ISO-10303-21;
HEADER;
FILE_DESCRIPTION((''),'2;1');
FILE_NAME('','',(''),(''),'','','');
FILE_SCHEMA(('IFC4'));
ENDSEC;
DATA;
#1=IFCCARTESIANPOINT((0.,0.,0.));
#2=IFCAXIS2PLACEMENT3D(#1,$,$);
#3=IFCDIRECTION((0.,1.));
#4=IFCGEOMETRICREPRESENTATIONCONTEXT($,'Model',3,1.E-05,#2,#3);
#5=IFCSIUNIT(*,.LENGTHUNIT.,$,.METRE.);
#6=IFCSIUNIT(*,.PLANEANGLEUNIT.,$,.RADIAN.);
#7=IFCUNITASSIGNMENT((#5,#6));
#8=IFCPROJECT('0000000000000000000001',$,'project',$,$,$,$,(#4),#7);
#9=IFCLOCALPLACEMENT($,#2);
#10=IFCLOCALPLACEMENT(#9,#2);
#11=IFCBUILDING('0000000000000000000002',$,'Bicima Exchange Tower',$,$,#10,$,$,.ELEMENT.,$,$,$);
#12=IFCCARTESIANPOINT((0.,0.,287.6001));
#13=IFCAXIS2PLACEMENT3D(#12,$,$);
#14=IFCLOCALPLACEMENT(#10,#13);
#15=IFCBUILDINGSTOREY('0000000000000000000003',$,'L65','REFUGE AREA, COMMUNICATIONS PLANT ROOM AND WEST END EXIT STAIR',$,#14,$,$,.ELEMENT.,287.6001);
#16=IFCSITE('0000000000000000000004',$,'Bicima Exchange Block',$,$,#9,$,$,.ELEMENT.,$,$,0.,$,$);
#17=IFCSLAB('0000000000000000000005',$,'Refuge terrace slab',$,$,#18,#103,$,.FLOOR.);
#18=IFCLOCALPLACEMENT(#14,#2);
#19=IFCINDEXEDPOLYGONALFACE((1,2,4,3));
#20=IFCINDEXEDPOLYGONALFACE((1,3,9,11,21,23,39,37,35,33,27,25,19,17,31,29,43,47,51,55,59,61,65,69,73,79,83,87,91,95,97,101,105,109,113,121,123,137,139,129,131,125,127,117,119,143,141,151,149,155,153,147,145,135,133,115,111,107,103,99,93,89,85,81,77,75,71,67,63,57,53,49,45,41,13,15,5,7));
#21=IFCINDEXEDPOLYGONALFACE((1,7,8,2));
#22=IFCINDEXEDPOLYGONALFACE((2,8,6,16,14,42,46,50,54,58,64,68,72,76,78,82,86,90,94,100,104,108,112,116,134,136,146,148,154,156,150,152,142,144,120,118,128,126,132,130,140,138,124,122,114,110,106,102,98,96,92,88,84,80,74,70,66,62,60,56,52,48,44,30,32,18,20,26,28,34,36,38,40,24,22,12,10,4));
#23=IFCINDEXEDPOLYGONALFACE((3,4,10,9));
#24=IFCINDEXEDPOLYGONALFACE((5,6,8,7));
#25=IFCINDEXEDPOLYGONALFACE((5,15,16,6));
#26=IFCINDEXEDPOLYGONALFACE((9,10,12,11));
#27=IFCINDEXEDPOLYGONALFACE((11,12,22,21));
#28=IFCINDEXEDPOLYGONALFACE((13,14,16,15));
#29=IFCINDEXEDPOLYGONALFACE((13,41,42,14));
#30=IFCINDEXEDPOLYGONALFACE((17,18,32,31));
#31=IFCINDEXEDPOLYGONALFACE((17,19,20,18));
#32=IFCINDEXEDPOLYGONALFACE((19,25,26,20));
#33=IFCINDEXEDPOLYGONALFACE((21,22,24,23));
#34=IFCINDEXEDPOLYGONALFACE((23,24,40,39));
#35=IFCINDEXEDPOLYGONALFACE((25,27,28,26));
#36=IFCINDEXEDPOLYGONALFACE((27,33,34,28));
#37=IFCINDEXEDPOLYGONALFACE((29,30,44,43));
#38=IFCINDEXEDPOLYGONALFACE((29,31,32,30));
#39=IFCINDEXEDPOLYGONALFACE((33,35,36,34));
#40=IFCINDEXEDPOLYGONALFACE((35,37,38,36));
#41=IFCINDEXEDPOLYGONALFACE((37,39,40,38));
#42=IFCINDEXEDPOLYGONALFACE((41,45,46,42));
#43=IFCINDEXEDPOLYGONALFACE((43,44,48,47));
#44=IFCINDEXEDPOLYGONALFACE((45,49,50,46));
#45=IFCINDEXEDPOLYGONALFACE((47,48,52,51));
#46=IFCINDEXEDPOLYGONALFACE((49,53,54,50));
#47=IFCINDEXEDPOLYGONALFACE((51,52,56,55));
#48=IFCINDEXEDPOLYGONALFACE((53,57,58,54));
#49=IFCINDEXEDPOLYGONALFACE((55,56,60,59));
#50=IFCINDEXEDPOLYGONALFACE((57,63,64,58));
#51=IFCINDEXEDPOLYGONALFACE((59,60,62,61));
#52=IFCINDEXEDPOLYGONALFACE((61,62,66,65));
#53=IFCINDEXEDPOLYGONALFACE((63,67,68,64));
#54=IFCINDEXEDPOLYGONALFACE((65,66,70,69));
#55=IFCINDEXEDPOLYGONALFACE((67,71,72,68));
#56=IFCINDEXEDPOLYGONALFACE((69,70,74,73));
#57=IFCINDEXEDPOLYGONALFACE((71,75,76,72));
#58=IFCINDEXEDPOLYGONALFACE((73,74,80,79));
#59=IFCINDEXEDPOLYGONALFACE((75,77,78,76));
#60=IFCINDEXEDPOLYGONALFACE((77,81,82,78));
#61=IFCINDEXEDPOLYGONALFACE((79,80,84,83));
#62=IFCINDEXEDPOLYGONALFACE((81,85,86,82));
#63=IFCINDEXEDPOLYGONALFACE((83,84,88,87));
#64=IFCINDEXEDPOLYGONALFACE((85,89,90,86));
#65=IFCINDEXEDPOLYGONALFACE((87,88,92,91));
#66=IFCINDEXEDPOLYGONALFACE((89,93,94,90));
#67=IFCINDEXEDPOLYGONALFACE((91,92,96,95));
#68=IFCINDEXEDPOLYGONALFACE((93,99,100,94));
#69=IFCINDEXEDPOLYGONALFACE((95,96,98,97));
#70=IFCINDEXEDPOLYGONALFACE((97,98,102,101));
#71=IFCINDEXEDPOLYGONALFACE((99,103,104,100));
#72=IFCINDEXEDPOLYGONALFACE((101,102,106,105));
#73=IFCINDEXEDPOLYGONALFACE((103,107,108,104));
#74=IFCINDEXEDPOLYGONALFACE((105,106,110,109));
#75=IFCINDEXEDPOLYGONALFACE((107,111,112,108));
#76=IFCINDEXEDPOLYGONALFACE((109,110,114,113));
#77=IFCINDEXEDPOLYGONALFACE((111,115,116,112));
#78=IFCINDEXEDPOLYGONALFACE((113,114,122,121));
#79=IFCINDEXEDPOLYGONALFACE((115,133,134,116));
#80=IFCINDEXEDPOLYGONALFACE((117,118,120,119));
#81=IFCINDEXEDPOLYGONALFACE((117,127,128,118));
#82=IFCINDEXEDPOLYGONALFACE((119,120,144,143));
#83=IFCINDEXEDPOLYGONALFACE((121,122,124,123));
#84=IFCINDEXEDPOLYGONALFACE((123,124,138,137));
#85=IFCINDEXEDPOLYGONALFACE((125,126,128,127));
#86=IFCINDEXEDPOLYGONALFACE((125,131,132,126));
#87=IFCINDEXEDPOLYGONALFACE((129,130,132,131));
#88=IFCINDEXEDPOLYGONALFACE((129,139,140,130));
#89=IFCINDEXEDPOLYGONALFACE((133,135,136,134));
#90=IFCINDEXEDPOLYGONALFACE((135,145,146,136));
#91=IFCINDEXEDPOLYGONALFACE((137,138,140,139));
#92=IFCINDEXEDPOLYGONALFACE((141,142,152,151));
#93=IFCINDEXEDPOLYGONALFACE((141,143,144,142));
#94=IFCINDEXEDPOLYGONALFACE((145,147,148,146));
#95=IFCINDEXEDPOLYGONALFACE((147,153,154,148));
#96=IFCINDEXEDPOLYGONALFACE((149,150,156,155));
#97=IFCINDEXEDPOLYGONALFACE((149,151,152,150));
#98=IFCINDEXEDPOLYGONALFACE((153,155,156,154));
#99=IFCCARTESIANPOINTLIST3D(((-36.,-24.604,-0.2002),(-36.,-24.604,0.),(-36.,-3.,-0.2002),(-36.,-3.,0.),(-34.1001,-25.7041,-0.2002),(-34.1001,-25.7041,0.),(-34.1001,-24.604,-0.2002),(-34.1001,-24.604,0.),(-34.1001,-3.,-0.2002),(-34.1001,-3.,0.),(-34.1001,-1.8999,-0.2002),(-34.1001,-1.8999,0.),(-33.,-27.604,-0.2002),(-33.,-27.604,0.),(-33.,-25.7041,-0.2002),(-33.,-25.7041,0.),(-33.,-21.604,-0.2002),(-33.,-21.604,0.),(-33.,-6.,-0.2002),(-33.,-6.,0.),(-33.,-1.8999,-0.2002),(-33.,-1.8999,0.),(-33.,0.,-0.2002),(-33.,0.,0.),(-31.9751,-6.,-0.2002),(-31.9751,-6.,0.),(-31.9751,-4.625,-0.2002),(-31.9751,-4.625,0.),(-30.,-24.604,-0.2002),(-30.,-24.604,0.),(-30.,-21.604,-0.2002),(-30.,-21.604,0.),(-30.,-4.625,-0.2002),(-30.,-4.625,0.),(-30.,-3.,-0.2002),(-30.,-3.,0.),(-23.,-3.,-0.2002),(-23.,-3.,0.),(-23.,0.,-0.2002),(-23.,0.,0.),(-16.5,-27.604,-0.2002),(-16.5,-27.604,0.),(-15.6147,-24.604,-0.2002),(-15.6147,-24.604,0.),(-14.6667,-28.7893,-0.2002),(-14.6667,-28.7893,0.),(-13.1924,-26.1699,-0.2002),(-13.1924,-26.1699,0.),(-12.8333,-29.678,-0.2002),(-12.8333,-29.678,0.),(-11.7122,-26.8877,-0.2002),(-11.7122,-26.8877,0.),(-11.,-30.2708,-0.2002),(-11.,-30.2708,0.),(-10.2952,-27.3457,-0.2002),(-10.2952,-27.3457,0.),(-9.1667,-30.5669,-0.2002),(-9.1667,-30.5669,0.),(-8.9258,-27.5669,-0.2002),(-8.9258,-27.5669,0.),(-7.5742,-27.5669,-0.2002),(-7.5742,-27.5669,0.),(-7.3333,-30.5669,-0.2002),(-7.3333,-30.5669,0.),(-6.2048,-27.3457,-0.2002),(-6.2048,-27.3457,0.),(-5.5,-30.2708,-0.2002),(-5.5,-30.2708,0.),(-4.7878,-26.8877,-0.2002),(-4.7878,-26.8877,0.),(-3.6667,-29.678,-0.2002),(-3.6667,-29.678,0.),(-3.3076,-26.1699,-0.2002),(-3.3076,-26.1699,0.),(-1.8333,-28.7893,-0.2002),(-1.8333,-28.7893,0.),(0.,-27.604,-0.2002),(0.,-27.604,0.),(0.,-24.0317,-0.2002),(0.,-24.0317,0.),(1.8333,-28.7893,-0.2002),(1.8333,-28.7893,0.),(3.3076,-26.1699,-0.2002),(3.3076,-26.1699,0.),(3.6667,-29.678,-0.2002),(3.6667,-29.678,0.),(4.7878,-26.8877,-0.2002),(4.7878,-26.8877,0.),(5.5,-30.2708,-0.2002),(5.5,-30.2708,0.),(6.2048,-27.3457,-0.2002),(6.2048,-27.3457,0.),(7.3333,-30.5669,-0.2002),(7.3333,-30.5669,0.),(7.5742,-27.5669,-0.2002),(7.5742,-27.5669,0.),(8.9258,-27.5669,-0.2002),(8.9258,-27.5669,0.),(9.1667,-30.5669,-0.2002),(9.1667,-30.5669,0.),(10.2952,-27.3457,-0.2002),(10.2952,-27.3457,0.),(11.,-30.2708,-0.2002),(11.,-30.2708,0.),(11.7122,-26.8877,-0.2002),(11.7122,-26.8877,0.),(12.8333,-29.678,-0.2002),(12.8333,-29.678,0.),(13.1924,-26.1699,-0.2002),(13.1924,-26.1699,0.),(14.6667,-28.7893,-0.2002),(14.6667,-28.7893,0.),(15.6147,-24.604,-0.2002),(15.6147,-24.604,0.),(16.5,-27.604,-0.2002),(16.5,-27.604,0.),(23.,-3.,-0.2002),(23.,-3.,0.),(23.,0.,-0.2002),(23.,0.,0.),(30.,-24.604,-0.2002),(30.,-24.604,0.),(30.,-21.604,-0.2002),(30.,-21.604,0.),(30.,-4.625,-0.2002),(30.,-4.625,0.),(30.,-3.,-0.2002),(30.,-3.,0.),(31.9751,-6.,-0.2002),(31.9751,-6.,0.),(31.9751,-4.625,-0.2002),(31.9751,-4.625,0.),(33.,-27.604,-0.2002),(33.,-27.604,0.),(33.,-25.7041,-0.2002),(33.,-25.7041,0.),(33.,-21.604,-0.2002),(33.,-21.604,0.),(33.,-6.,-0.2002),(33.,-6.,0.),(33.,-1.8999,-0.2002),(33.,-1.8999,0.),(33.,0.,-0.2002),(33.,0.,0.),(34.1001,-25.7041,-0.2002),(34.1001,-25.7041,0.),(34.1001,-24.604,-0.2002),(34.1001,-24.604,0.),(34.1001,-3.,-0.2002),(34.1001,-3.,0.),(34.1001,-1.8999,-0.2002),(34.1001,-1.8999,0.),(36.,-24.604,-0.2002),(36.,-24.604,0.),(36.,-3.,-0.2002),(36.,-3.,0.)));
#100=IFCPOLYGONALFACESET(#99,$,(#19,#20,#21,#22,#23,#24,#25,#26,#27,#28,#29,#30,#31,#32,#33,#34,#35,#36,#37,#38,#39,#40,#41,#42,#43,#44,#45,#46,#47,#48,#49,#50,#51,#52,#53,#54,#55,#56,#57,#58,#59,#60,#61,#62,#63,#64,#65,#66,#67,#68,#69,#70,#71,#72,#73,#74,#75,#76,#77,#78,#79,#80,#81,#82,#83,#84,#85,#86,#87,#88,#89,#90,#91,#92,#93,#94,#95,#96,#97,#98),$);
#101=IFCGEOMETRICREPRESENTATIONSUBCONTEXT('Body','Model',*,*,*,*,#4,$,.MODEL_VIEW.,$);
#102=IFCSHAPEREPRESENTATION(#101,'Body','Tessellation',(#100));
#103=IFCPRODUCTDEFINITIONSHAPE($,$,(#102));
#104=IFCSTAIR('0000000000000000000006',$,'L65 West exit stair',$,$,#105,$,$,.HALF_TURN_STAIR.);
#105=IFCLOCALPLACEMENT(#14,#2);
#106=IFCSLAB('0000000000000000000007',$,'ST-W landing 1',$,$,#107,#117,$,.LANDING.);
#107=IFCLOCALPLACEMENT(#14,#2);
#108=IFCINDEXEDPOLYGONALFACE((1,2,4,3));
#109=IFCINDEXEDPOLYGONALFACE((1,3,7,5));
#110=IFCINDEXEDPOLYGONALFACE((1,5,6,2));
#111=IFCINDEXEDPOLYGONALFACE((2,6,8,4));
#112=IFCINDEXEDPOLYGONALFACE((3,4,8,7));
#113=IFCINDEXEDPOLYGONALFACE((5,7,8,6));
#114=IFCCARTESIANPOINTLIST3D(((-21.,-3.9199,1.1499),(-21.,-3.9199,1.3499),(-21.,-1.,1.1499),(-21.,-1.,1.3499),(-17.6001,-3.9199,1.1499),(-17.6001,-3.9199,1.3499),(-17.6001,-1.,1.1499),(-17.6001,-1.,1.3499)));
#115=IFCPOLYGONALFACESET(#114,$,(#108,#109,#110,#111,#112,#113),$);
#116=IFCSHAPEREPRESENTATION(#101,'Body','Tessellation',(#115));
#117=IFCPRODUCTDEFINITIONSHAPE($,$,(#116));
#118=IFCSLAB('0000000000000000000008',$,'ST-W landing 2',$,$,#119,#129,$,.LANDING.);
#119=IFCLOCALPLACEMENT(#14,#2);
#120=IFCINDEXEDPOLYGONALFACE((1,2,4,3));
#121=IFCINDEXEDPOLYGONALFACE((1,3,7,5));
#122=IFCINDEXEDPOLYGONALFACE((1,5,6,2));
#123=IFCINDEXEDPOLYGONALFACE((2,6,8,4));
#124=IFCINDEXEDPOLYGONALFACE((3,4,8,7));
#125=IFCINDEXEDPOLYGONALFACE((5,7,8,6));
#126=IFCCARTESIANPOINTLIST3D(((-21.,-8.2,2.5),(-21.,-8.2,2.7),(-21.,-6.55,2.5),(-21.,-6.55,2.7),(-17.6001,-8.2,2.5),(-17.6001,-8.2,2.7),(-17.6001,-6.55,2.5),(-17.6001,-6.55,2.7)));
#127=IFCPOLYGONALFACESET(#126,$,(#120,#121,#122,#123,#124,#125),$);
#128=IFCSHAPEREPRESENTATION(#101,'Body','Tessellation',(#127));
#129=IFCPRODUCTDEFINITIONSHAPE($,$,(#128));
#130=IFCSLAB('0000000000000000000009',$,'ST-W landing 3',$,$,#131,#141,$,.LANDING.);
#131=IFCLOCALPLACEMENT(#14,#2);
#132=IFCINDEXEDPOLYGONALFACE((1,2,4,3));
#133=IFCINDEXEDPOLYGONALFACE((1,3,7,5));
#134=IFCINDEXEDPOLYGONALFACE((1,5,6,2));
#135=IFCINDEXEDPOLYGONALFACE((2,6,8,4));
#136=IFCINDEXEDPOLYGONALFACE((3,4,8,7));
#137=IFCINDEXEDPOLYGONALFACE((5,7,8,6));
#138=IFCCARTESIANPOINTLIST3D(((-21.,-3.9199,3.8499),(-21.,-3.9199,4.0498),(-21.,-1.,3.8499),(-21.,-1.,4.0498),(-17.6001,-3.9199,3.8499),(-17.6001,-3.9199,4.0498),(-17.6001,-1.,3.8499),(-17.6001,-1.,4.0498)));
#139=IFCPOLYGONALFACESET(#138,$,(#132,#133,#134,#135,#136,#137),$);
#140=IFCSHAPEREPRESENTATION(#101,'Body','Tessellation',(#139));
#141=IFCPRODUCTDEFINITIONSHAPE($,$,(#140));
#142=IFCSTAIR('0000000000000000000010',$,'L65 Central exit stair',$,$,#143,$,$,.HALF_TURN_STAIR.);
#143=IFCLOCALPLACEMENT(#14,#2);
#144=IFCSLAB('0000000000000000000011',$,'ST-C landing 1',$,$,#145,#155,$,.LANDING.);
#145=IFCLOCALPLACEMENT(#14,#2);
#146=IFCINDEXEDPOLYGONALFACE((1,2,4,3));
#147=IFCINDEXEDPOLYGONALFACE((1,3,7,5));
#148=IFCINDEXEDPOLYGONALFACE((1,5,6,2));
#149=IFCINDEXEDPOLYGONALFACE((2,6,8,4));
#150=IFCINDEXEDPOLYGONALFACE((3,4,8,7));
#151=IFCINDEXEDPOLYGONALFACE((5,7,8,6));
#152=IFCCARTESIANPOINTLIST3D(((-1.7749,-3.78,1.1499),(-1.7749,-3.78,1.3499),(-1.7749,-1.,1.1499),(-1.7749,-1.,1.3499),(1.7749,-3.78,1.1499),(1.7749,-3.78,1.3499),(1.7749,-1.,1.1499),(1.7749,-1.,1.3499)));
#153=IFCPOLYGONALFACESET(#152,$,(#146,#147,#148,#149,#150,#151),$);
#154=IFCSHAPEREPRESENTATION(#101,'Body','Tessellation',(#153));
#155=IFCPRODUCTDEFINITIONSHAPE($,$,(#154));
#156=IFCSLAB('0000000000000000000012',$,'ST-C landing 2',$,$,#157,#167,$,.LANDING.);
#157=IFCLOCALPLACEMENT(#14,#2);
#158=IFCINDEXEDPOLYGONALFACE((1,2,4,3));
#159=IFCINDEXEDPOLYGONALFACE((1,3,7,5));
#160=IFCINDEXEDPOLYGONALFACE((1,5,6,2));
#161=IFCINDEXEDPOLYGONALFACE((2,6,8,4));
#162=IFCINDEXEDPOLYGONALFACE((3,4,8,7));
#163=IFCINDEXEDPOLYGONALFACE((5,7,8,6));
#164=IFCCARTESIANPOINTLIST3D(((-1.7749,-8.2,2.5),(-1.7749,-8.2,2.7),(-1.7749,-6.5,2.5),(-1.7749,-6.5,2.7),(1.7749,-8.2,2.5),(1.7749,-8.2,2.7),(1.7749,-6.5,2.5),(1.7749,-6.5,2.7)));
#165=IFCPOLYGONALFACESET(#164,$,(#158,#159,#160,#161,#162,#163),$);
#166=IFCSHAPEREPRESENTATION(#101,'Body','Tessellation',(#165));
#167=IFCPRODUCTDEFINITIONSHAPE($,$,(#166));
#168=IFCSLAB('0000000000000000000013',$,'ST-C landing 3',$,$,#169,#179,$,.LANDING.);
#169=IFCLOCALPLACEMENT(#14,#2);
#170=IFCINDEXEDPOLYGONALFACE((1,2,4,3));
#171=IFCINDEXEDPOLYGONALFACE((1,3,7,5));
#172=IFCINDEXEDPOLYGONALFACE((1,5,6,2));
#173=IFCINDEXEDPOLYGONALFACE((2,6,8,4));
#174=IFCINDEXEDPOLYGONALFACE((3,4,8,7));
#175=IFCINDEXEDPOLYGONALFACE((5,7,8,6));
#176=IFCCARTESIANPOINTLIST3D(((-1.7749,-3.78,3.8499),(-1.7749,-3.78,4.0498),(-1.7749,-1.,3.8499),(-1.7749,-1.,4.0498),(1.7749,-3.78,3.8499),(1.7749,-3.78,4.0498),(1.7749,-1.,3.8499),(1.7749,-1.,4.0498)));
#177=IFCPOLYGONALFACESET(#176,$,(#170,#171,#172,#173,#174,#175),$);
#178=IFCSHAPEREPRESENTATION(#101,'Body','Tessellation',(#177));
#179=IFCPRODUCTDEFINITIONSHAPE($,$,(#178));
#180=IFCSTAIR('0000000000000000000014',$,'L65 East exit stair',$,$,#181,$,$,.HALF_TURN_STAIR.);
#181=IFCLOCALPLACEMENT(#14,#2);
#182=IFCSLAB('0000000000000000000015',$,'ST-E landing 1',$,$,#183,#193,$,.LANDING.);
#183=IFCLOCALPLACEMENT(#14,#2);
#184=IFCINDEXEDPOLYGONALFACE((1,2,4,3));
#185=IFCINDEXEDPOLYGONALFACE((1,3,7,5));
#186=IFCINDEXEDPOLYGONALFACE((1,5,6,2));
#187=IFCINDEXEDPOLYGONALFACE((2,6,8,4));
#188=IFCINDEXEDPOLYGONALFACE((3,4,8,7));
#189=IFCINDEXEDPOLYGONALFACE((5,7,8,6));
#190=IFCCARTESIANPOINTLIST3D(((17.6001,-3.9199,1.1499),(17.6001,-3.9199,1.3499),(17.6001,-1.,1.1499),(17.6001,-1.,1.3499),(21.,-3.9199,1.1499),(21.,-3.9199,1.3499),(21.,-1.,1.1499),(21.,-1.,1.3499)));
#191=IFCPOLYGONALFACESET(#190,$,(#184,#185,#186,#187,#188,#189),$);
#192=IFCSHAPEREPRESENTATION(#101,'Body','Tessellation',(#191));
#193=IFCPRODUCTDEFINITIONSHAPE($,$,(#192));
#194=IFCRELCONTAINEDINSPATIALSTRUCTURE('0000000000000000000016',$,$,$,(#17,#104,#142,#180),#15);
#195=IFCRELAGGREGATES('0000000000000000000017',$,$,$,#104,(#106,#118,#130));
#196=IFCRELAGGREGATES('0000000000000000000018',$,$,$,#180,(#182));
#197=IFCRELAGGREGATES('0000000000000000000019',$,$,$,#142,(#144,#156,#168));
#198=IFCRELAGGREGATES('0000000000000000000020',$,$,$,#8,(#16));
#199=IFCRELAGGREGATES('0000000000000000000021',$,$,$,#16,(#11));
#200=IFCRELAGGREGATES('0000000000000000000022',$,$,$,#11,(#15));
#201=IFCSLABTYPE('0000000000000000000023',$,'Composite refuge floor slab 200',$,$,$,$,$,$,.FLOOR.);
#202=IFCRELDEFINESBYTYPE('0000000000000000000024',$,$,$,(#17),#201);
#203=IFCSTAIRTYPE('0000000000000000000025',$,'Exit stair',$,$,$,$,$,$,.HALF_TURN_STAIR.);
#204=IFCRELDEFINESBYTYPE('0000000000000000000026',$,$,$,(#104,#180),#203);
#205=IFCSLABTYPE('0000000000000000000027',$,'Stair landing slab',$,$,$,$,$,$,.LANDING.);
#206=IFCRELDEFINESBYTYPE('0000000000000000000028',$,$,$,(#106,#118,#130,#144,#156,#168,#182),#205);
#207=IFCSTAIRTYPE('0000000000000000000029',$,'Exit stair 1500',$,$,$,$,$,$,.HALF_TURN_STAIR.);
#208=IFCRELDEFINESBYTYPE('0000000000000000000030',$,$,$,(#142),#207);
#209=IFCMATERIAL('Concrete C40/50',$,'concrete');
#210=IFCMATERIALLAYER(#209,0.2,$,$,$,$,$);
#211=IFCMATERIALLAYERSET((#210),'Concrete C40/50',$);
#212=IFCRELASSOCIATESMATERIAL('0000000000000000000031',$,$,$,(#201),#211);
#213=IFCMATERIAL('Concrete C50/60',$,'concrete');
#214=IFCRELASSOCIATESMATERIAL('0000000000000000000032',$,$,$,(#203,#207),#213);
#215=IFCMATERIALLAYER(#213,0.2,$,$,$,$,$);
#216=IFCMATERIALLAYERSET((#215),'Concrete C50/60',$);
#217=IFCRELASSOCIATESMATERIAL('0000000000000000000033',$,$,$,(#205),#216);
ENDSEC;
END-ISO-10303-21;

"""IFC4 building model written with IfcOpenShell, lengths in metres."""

from ifc_helpers import new_model, si_unit, direction, frame, origin, place, context, subcontext, project, spatial, polyline, outline, extrude, material, layer, layer_set, type_object, element, aggregate, save


model = new_model("IFC4")

# Units and contexts
model_context = context("Model", 3, precision=1e-05, world=origin(), true_north=direction((0.0, 1.0)))
body_context = subcontext(model_context, "Body", "Model", "MODEL_VIEW")
ifc_project = project(units=[si_unit("LENGTHUNIT", "METRE"), si_unit("PLANEANGLEUNIT", "RADIAN")], contexts=[model_context])

# Site, building, storey
site_placement = place(None, origin())
site = spatial("IfcSite", under=ifc_project, at=site_placement, Name="Bicima Exchange Block", CompositionType="ELEMENT", RefElevation=0.0)
building_placement = place(site_placement, origin())
building = spatial("IfcBuilding", under=site, at=building_placement, Name="Bicima Exchange Tower", CompositionType="ELEMENT")
storey_placement = place(building_placement, frame((0.0, 0.0, 287.6001)))
storey = spatial("IfcBuildingStorey", under=building, at=storey_placement, Name="L65", Description="REFUGE AREA, COMMUNICATIONS PLANT ROOM AND WEST END EXIT STAIR", CompositionType="ELEMENT", Elevation=287.6001)

# Slab
ifc_material_1 = material(Name="Concrete C40/50", Category="concrete")
ifc_layer_1 = layer(ifc_material_1, 0.2)
ifc_layer_set_1 = layer_set([ifc_layer_1], Name="Concrete C40/50")
slab_type_1 = type_object("IfcSlabType", Name="Composite refuge floor slab 200", PredefinedType="FLOOR", material=ifc_layer_set_1)
slab_1_placement = place(storey_placement, frame((0.0, 0.0, -0.2002)))
element("IfcSlab", 1, at=slab_1_placement, inside=storey, type_object=slab_type_1, Name="Refuge terrace slab", PredefinedType="FLOOR", context=body_context, shape_type="SweptSolid", body=[
    extrude(outline(polyline([(30.0, -3.0), (23.0, -3.0), (23.0, 0.0), (33.0, 0.0), (33.0, -1.8999), (34.1001, -1.8999), (34.1001, -3.0), (36.0, -3.0), (36.0, -24.604), (34.1001, -24.604), (34.1001, -25.7041), (33.0, -25.7041), (33.0, -27.604), (16.5, -27.604), (14.6667, -28.7893), (12.8333, -29.678), (11.0, -30.2708), (9.1667, -30.5669), (7.3333, -30.5669), (5.5, -30.2708), (3.6667, -29.678), (1.8333, -28.7893), (0.0, -27.604), (-1.8333, -28.7893), (-3.6667, -29.678), (-5.5, -30.2708), (-7.3333, -30.5669), (-9.1667, -30.5669), (-11.0, -30.2708), (-12.8333, -29.678), (-14.6667, -28.7893), (-16.5, -27.604), (-33.0, -27.604), (-33.0, -25.7041), (-34.1001, -25.7041), (-34.1001, -24.604), (-36.0, -24.604), (-36.0, -3.0), (-34.1001, -3.0), (-34.1001, -1.8999), (-33.0, -1.8999), (-33.0, 0.0), (-23.0, 0.0), (-23.0, -3.0), (-30.0, -3.0), (-30.0, -4.625), (-31.9751, -4.625), (-31.9751, -6.0), (-33.0, -6.0), (-33.0, -21.604), (-30.0, -21.604), (-30.0, -24.604), (-15.6147, -24.604), (-13.1924, -26.1699), (-11.7122, -26.8877), (-10.2952, -27.3457), (-8.9258, -27.5669), (-7.5742, -27.5669), (-6.2048, -27.3457), (-4.7878, -26.8877), (-3.3076, -26.1699), (0.0, -24.0317), (3.3076, -26.1699), (4.7878, -26.8877), (6.2048, -27.3457), (7.5742, -27.5669), (8.9258, -27.5669), (10.2952, -27.3457), (11.7122, -26.8877), (13.1924, -26.1699), (15.6147, -24.604), (30.0, -24.604), (30.0, -21.604), (33.0, -21.604), (33.0, -6.0), (31.9751, -6.0), (31.9751, -4.625), (30.0, -4.625), (30.0, -3.0)])), origin(), (0.0, 0.0, 1.0), 0.2002),
])

# Stairs, slabs
ifc_material_2 = material(Name="Concrete C50/60", Category="concrete")
stair_type_1 = type_object("IfcStairType", Name="Exit stair", PredefinedType="HALF_TURN_STAIR", material=ifc_material_2)
stair_1_placement = place(storey_placement, origin())
stair_1 = element("IfcStair", 2, at=stair_1_placement, inside=storey, type_object=stair_type_1, Name="L65 West exit stair", PredefinedType="HALF_TURN_STAIR")
ifc_layer_2 = layer(ifc_material_2, 0.2)
ifc_layer_set_2 = layer_set([ifc_layer_2], Name="Concrete C50/60")
slab_type_2 = type_object("IfcSlabType", Name="Stair landing slab", PredefinedType="LANDING", material=ifc_layer_set_2)
slab_2_placement = place(storey_placement, frame((0.0, 0.0, 1.1499)))
slab_2 = element("IfcSlab", 3, at=slab_2_placement, type_object=slab_type_2, Name="ST-W landing 1", PredefinedType="LANDING", context=body_context, shape_type="SweptSolid", body=[
    extrude(outline(polyline([(-17.6001, -3.9199), (-17.6001, -1.0), (-21.0, -1.0), (-21.0, -3.9199), (-17.6001, -3.9199)])), origin(), (0.0, 0.0, 1.0), 0.2),
])
slab_3_placement = place(storey_placement, frame((0.0, 0.0, 2.5)))
slab_3 = element("IfcSlab", 4, at=slab_3_placement, type_object=slab_type_2, Name="ST-W landing 2", PredefinedType="LANDING", context=body_context, shape_type="SweptSolid", body=[
    extrude(outline(polyline([(-17.6001, -8.2), (-17.6001, -6.55), (-21.0, -6.55), (-21.0, -8.2), (-17.6001, -8.2)])), origin(), (0.0, 0.0, 1.0), 0.2),
])
slab_4_placement = place(storey_placement, frame((0.0, 0.0, 3.8499)))
slab_4 = element("IfcSlab", 5, at=slab_4_placement, type_object=slab_type_2, Name="ST-W landing 3", PredefinedType="LANDING", context=body_context, shape_type="SweptSolid", body=[
    extrude(outline(polyline([(-17.6001, -3.9199), (-17.6001, -1.0), (-21.0, -1.0), (-21.0, -3.9199), (-17.6001, -3.9199)])), origin(), (0.0, 0.0, 1.0), 0.2),
])
aggregate(stair_1, [slab_2, slab_3, slab_4])
stair_type_2 = type_object("IfcStairType", Name="Exit stair 1500", PredefinedType="HALF_TURN_STAIR", material=ifc_material_2)
stair_2_placement = place(storey_placement, origin())
stair_2 = element("IfcStair", 6, at=stair_2_placement, inside=storey, type_object=stair_type_2, Name="L65 Central exit stair", PredefinedType="HALF_TURN_STAIR")
slab_5_placement = place(storey_placement, frame((0.0, 0.0, 1.1499)))
slab_5 = element("IfcSlab", 7, at=slab_5_placement, type_object=slab_type_2, Name="ST-C landing 1", PredefinedType="LANDING", context=body_context, shape_type="SweptSolid", body=[
    extrude(outline(polyline([(1.7749, -3.78), (1.7749, -1.0), (-1.7749, -1.0), (-1.7749, -3.78), (1.7749, -3.78)])), origin(), (0.0, 0.0, 1.0), 0.2),
])
slab_6_placement = place(storey_placement, frame((0.0, 0.0, 2.5)))
slab_6 = element("IfcSlab", 8, at=slab_6_placement, type_object=slab_type_2, Name="ST-C landing 2", PredefinedType="LANDING", context=body_context, shape_type="SweptSolid", body=[
    extrude(outline(polyline([(1.7749, -8.2), (1.7749, -6.5), (-1.7749, -6.5), (-1.7749, -8.2), (1.7749, -8.2)])), origin(), (0.0, 0.0, 1.0), 0.2),
])
slab_7_placement = place(storey_placement, frame((0.0, 0.0, 3.8499)))
slab_7 = element("IfcSlab", 9, at=slab_7_placement, type_object=slab_type_2, Name="ST-C landing 3", PredefinedType="LANDING", context=body_context, shape_type="SweptSolid", body=[
    extrude(outline(polyline([(1.7749, -3.78), (1.7749, -1.0), (-1.7749, -1.0), (-1.7749, -3.78), (1.7749, -3.78)])), origin(), (0.0, 0.0, 1.0), 0.2),
])

# Stair, slab
stair_3_placement = place(storey_placement, origin())
stair_3 = element("IfcStair", 10, at=stair_3_placement, inside=storey, type_object=stair_type_1, Name="L65 East exit stair", PredefinedType="HALF_TURN_STAIR")
slab_8_placement = place(storey_placement, frame((0.0, 0.0, 1.1499)))
slab_8 = element("IfcSlab", 11, at=slab_8_placement, type_object=slab_type_2, Name="ST-E landing 1", PredefinedType="LANDING", context=body_context, shape_type="SweptSolid", body=[
    extrude(outline(polyline([(21.0, -3.9199), (21.0, -1.0), (17.6001, -1.0), (17.6001, -3.9199), (21.0, -3.9199)])), origin(), (0.0, 0.0, 1.0), 0.2),
])
aggregate(stair_3, [slab_8])

aggregate(stair_2, [slab_5, slab_6, slab_7])

save(model, "model.ifc")
